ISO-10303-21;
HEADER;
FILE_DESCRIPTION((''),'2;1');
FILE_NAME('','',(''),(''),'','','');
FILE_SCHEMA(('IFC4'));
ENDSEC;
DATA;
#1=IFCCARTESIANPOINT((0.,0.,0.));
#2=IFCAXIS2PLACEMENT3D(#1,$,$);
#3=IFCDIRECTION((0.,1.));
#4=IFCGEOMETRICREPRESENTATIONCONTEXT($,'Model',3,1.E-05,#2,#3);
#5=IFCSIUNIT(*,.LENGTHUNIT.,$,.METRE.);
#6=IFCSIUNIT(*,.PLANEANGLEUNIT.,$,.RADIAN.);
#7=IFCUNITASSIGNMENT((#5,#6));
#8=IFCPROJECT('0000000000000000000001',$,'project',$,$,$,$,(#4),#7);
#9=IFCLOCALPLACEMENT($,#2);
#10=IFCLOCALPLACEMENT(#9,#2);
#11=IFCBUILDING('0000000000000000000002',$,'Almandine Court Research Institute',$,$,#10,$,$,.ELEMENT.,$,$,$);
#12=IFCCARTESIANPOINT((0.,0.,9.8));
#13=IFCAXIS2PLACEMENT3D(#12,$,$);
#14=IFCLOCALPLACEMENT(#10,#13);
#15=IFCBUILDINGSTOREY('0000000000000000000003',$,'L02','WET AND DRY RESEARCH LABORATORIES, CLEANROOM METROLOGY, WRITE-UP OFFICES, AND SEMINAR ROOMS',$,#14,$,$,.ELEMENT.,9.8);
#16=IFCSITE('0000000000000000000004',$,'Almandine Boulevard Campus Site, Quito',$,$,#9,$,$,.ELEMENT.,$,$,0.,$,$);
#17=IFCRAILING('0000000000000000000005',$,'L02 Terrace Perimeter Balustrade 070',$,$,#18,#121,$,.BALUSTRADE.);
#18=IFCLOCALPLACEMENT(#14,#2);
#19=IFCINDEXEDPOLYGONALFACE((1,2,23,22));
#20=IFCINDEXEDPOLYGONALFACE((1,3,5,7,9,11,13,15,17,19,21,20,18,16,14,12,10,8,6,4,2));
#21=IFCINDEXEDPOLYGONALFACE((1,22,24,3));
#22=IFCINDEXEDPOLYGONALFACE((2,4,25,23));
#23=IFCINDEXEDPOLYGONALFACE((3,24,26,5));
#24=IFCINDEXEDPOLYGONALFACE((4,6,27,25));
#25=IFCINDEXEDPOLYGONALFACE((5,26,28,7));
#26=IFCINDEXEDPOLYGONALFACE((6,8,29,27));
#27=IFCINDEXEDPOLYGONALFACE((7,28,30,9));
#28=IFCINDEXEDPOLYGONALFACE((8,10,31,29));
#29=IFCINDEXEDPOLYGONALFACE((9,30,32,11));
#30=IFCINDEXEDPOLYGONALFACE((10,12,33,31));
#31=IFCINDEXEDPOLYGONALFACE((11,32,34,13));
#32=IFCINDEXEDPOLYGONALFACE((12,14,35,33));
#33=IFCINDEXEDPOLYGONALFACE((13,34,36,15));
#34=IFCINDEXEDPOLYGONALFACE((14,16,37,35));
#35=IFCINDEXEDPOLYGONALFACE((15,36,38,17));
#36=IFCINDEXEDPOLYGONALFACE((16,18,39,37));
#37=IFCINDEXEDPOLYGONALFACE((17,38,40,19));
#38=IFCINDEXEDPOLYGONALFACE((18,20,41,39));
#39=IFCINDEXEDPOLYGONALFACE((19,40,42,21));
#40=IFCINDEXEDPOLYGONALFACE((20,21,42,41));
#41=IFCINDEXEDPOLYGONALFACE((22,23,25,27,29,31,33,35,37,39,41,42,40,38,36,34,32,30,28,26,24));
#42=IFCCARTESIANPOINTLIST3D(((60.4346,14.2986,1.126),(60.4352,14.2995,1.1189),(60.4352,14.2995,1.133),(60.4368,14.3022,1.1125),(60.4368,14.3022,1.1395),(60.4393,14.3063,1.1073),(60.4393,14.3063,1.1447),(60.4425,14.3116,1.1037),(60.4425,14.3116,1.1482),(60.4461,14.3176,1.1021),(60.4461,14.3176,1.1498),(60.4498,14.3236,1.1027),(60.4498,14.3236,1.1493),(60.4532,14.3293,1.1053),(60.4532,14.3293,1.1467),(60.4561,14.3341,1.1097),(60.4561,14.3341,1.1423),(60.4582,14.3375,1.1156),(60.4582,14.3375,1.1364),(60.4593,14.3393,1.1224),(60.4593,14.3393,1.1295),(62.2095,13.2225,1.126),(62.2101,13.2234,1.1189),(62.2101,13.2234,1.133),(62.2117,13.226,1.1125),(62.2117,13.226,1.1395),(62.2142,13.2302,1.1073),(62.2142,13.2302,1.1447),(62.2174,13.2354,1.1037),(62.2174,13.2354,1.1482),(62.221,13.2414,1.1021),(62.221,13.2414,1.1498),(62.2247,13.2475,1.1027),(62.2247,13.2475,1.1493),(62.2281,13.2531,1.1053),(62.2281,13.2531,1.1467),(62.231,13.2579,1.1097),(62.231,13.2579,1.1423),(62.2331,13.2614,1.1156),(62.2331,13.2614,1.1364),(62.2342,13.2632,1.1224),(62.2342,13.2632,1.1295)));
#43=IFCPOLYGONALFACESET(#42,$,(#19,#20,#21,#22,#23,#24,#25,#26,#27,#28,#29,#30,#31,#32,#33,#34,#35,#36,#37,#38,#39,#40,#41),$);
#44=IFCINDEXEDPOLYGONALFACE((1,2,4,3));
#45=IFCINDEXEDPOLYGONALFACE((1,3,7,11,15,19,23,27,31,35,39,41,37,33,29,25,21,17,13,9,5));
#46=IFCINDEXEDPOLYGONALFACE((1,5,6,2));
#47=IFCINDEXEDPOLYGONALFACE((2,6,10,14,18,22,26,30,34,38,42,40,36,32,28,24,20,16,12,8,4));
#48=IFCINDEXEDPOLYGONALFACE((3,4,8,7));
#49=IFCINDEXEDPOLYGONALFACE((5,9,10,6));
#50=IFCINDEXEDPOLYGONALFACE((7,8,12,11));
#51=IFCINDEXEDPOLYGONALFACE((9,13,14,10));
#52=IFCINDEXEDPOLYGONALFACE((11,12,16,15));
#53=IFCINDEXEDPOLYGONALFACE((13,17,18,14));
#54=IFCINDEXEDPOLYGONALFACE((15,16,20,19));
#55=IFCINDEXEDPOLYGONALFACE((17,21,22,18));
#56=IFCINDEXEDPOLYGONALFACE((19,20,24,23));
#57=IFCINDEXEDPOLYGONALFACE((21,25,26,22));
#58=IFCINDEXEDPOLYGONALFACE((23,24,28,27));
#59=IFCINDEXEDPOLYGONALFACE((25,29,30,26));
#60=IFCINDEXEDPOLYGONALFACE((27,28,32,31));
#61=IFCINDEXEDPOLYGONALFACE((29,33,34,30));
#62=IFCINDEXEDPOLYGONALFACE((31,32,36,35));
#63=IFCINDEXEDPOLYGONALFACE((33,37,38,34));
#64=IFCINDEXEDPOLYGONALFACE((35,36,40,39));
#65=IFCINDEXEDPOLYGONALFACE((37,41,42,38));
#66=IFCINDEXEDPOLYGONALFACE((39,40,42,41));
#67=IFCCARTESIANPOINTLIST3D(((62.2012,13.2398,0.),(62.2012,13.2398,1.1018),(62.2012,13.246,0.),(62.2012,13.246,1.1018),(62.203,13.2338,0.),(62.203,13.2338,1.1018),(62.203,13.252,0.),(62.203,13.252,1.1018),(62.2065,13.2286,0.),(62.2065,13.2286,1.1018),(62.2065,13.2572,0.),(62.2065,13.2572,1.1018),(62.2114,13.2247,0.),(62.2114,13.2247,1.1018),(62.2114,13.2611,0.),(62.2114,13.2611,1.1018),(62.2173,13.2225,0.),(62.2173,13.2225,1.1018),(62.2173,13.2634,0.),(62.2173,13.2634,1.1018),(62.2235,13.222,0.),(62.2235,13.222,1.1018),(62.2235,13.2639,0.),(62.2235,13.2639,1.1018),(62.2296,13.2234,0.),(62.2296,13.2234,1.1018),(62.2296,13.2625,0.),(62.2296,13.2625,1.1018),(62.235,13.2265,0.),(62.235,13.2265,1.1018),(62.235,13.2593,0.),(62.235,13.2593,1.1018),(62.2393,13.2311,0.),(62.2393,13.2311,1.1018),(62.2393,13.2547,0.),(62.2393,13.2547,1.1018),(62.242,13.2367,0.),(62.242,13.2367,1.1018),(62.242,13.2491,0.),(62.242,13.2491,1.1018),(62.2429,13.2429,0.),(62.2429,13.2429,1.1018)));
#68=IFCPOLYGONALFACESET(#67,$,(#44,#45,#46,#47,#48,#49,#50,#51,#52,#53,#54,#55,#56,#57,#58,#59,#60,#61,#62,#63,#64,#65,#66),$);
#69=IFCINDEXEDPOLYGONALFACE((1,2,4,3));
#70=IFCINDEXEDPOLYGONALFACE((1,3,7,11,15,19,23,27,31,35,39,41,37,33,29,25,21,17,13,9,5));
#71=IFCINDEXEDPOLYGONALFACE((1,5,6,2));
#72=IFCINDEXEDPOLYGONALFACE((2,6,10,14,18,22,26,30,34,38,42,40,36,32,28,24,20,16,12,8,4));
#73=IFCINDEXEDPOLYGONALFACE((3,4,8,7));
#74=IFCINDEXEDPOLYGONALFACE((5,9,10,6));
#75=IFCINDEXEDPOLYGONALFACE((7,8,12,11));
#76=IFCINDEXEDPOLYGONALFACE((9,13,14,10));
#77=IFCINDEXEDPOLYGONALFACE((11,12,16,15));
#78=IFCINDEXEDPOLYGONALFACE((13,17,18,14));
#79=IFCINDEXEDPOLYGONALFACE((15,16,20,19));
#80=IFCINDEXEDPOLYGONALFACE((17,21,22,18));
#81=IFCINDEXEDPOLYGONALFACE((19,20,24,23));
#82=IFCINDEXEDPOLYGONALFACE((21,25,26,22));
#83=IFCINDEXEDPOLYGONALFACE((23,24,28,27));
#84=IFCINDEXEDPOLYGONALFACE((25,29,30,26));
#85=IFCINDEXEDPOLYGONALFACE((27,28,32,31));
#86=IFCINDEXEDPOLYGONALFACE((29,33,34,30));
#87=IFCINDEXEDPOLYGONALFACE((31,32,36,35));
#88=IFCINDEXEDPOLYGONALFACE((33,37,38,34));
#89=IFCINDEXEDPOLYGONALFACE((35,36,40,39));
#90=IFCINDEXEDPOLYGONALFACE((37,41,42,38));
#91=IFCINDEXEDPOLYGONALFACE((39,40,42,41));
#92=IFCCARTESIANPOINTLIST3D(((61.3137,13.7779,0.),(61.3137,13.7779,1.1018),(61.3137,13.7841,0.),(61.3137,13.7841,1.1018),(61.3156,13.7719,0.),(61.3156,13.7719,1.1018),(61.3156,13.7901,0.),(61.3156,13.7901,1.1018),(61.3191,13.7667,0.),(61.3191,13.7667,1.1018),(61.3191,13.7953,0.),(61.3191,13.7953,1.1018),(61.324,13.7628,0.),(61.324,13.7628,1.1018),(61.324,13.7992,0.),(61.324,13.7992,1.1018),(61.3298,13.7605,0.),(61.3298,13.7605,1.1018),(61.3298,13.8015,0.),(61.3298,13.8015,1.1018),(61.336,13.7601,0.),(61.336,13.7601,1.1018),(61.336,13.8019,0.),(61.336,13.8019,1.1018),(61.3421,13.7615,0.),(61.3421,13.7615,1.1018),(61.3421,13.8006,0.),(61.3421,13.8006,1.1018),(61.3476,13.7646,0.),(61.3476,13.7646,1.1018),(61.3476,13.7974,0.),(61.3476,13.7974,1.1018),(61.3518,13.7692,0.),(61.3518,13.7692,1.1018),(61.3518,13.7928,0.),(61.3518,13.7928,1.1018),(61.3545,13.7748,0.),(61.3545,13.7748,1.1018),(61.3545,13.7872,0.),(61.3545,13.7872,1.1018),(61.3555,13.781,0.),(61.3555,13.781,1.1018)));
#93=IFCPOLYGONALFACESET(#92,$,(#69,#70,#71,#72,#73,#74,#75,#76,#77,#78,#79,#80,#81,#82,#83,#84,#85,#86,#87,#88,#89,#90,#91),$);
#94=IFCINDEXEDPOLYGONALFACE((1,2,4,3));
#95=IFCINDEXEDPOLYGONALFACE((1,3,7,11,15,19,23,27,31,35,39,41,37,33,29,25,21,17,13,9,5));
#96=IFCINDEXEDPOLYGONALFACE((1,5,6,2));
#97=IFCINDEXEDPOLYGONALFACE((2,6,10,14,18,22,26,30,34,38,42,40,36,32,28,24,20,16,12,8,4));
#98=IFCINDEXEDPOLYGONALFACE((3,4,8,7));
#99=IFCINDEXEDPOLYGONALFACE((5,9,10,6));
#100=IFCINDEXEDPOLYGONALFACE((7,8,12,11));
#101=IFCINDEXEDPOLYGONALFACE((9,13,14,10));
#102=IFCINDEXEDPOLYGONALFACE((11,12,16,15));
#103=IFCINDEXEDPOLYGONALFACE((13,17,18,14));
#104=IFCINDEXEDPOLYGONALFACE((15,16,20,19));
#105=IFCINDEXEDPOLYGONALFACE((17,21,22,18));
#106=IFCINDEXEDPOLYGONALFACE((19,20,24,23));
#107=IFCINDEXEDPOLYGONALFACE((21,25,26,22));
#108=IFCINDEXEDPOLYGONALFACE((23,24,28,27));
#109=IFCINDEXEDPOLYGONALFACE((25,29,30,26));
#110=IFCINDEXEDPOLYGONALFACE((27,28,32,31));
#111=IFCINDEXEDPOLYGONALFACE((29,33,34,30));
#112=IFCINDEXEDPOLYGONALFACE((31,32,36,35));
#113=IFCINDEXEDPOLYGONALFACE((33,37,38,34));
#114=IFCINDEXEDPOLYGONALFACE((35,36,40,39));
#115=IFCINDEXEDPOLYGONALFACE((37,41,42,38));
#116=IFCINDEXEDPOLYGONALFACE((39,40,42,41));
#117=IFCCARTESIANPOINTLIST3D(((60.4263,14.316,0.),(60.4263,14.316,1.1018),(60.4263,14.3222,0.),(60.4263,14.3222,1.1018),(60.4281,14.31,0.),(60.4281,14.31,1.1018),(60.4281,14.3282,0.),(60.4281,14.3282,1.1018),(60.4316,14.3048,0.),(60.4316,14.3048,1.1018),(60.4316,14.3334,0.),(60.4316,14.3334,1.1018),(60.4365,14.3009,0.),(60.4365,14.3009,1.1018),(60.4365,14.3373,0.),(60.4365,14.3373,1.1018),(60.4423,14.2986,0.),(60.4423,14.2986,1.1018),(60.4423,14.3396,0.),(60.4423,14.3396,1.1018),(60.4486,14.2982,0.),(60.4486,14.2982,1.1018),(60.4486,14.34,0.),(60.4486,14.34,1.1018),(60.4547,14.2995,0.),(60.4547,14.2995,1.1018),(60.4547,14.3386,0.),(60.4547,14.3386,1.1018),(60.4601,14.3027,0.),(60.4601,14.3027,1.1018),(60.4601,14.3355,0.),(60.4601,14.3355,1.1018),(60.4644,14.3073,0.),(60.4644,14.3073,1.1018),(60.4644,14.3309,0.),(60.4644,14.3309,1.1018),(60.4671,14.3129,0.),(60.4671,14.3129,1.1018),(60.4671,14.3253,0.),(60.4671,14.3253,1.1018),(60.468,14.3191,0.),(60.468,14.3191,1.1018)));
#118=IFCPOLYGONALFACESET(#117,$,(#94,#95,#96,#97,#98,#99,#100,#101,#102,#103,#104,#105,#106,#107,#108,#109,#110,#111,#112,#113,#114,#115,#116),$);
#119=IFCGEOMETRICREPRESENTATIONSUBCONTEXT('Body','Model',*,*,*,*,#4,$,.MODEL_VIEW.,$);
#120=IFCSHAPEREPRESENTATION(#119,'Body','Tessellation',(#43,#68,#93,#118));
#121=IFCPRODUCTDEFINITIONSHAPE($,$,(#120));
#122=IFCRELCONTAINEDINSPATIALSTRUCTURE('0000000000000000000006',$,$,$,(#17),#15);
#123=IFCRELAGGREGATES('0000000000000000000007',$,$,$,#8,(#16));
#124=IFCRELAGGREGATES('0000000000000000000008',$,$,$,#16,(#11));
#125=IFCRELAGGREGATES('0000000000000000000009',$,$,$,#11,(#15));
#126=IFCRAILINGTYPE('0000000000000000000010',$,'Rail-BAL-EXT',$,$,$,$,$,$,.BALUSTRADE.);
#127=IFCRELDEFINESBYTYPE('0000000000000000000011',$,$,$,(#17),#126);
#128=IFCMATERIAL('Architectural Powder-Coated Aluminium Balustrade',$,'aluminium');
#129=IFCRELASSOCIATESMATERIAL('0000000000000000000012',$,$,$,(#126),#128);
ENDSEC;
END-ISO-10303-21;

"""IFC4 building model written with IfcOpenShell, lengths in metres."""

from ifc_helpers import new_model, si_unit, direction, frame, origin, origin_2d, place, context, subcontext, project, spatial, circle, extrude, material, type_object, element, save


model = new_model("IFC4")

# Units and contexts
model_context = context("Model", 3, precision=1e-05, world=origin(), true_north=direction((0.0, 1.0)))
body_context = subcontext(model_context, "Body", "Model", "MODEL_VIEW")
ifc_project = project(units=[si_unit("LENGTHUNIT", "METRE"), si_unit("PLANEANGLEUNIT", "RADIAN")], contexts=[model_context])

# Site, building, storey
site_placement = place(None, origin())
site = spatial("IfcSite", under=ifc_project, at=site_placement, Name="Almandine Boulevard Campus Site, Quito", CompositionType="ELEMENT", RefElevation=0.0)
building_placement = place(site_placement, origin())
building = spatial("IfcBuilding", under=site, at=building_placement, Name="Almandine Court Research Institute", CompositionType="ELEMENT")
storey_placement = place(building_placement, frame((0.0, 0.0, 9.8)))
storey = spatial("IfcBuildingStorey", under=building, at=storey_placement, Name="L02", Description="WET AND DRY RESEARCH LABORATORIES, CLEANROOM METROLOGY, WRITE-UP OFFICES, AND SEMINAR ROOMS", CompositionType="ELEMENT", Elevation=9.8)

# Railing
ifc_material_1 = material(Name="Architectural Powder-Coated Aluminium Balustrade", Category="aluminium")
railing_type = type_object("IfcRailingType", Name="Rail-BAL-EXT", PredefinedType="BALUSTRADE", material=ifc_material_1)
railing_1_placement = place(storey_placement, frame((62.2219, 13.2429, 0.0)))
element("IfcRailing", 1, at=railing_1_placement, inside=storey, type_object=railing_type, Name="L02 Terrace Perimeter Balustrade 070", PredefinedType="BALUSTRADE", context=body_context, shape_type="SweptSolid", body=[
    extrude(circle(Radius=0.0239, at=origin_2d()), frame((0.0, 0.0, 1.126), z_axis=(-0.855097, 0.518469, 0.0), x_axis=(-0.518469, -0.855097, 0.0)), (0.0, 0.0, 1.0), 2.0757),
    extrude(circle(Radius=0.021, at=origin_2d()), origin(), (0.0, 0.0, 1.0), 1.1018),
    extrude(circle(Radius=0.021, at=origin_2d()), frame((-0.8875, 0.5381, 0.0)), (0.0, 0.0, 1.0), 1.1018),
    extrude(circle(Radius=0.021, at=origin_2d()), frame((-1.7749, 1.0762, 0.0)), (0.0, 0.0, 1.0), 1.1018),
])

save(model, "model.ifc")
